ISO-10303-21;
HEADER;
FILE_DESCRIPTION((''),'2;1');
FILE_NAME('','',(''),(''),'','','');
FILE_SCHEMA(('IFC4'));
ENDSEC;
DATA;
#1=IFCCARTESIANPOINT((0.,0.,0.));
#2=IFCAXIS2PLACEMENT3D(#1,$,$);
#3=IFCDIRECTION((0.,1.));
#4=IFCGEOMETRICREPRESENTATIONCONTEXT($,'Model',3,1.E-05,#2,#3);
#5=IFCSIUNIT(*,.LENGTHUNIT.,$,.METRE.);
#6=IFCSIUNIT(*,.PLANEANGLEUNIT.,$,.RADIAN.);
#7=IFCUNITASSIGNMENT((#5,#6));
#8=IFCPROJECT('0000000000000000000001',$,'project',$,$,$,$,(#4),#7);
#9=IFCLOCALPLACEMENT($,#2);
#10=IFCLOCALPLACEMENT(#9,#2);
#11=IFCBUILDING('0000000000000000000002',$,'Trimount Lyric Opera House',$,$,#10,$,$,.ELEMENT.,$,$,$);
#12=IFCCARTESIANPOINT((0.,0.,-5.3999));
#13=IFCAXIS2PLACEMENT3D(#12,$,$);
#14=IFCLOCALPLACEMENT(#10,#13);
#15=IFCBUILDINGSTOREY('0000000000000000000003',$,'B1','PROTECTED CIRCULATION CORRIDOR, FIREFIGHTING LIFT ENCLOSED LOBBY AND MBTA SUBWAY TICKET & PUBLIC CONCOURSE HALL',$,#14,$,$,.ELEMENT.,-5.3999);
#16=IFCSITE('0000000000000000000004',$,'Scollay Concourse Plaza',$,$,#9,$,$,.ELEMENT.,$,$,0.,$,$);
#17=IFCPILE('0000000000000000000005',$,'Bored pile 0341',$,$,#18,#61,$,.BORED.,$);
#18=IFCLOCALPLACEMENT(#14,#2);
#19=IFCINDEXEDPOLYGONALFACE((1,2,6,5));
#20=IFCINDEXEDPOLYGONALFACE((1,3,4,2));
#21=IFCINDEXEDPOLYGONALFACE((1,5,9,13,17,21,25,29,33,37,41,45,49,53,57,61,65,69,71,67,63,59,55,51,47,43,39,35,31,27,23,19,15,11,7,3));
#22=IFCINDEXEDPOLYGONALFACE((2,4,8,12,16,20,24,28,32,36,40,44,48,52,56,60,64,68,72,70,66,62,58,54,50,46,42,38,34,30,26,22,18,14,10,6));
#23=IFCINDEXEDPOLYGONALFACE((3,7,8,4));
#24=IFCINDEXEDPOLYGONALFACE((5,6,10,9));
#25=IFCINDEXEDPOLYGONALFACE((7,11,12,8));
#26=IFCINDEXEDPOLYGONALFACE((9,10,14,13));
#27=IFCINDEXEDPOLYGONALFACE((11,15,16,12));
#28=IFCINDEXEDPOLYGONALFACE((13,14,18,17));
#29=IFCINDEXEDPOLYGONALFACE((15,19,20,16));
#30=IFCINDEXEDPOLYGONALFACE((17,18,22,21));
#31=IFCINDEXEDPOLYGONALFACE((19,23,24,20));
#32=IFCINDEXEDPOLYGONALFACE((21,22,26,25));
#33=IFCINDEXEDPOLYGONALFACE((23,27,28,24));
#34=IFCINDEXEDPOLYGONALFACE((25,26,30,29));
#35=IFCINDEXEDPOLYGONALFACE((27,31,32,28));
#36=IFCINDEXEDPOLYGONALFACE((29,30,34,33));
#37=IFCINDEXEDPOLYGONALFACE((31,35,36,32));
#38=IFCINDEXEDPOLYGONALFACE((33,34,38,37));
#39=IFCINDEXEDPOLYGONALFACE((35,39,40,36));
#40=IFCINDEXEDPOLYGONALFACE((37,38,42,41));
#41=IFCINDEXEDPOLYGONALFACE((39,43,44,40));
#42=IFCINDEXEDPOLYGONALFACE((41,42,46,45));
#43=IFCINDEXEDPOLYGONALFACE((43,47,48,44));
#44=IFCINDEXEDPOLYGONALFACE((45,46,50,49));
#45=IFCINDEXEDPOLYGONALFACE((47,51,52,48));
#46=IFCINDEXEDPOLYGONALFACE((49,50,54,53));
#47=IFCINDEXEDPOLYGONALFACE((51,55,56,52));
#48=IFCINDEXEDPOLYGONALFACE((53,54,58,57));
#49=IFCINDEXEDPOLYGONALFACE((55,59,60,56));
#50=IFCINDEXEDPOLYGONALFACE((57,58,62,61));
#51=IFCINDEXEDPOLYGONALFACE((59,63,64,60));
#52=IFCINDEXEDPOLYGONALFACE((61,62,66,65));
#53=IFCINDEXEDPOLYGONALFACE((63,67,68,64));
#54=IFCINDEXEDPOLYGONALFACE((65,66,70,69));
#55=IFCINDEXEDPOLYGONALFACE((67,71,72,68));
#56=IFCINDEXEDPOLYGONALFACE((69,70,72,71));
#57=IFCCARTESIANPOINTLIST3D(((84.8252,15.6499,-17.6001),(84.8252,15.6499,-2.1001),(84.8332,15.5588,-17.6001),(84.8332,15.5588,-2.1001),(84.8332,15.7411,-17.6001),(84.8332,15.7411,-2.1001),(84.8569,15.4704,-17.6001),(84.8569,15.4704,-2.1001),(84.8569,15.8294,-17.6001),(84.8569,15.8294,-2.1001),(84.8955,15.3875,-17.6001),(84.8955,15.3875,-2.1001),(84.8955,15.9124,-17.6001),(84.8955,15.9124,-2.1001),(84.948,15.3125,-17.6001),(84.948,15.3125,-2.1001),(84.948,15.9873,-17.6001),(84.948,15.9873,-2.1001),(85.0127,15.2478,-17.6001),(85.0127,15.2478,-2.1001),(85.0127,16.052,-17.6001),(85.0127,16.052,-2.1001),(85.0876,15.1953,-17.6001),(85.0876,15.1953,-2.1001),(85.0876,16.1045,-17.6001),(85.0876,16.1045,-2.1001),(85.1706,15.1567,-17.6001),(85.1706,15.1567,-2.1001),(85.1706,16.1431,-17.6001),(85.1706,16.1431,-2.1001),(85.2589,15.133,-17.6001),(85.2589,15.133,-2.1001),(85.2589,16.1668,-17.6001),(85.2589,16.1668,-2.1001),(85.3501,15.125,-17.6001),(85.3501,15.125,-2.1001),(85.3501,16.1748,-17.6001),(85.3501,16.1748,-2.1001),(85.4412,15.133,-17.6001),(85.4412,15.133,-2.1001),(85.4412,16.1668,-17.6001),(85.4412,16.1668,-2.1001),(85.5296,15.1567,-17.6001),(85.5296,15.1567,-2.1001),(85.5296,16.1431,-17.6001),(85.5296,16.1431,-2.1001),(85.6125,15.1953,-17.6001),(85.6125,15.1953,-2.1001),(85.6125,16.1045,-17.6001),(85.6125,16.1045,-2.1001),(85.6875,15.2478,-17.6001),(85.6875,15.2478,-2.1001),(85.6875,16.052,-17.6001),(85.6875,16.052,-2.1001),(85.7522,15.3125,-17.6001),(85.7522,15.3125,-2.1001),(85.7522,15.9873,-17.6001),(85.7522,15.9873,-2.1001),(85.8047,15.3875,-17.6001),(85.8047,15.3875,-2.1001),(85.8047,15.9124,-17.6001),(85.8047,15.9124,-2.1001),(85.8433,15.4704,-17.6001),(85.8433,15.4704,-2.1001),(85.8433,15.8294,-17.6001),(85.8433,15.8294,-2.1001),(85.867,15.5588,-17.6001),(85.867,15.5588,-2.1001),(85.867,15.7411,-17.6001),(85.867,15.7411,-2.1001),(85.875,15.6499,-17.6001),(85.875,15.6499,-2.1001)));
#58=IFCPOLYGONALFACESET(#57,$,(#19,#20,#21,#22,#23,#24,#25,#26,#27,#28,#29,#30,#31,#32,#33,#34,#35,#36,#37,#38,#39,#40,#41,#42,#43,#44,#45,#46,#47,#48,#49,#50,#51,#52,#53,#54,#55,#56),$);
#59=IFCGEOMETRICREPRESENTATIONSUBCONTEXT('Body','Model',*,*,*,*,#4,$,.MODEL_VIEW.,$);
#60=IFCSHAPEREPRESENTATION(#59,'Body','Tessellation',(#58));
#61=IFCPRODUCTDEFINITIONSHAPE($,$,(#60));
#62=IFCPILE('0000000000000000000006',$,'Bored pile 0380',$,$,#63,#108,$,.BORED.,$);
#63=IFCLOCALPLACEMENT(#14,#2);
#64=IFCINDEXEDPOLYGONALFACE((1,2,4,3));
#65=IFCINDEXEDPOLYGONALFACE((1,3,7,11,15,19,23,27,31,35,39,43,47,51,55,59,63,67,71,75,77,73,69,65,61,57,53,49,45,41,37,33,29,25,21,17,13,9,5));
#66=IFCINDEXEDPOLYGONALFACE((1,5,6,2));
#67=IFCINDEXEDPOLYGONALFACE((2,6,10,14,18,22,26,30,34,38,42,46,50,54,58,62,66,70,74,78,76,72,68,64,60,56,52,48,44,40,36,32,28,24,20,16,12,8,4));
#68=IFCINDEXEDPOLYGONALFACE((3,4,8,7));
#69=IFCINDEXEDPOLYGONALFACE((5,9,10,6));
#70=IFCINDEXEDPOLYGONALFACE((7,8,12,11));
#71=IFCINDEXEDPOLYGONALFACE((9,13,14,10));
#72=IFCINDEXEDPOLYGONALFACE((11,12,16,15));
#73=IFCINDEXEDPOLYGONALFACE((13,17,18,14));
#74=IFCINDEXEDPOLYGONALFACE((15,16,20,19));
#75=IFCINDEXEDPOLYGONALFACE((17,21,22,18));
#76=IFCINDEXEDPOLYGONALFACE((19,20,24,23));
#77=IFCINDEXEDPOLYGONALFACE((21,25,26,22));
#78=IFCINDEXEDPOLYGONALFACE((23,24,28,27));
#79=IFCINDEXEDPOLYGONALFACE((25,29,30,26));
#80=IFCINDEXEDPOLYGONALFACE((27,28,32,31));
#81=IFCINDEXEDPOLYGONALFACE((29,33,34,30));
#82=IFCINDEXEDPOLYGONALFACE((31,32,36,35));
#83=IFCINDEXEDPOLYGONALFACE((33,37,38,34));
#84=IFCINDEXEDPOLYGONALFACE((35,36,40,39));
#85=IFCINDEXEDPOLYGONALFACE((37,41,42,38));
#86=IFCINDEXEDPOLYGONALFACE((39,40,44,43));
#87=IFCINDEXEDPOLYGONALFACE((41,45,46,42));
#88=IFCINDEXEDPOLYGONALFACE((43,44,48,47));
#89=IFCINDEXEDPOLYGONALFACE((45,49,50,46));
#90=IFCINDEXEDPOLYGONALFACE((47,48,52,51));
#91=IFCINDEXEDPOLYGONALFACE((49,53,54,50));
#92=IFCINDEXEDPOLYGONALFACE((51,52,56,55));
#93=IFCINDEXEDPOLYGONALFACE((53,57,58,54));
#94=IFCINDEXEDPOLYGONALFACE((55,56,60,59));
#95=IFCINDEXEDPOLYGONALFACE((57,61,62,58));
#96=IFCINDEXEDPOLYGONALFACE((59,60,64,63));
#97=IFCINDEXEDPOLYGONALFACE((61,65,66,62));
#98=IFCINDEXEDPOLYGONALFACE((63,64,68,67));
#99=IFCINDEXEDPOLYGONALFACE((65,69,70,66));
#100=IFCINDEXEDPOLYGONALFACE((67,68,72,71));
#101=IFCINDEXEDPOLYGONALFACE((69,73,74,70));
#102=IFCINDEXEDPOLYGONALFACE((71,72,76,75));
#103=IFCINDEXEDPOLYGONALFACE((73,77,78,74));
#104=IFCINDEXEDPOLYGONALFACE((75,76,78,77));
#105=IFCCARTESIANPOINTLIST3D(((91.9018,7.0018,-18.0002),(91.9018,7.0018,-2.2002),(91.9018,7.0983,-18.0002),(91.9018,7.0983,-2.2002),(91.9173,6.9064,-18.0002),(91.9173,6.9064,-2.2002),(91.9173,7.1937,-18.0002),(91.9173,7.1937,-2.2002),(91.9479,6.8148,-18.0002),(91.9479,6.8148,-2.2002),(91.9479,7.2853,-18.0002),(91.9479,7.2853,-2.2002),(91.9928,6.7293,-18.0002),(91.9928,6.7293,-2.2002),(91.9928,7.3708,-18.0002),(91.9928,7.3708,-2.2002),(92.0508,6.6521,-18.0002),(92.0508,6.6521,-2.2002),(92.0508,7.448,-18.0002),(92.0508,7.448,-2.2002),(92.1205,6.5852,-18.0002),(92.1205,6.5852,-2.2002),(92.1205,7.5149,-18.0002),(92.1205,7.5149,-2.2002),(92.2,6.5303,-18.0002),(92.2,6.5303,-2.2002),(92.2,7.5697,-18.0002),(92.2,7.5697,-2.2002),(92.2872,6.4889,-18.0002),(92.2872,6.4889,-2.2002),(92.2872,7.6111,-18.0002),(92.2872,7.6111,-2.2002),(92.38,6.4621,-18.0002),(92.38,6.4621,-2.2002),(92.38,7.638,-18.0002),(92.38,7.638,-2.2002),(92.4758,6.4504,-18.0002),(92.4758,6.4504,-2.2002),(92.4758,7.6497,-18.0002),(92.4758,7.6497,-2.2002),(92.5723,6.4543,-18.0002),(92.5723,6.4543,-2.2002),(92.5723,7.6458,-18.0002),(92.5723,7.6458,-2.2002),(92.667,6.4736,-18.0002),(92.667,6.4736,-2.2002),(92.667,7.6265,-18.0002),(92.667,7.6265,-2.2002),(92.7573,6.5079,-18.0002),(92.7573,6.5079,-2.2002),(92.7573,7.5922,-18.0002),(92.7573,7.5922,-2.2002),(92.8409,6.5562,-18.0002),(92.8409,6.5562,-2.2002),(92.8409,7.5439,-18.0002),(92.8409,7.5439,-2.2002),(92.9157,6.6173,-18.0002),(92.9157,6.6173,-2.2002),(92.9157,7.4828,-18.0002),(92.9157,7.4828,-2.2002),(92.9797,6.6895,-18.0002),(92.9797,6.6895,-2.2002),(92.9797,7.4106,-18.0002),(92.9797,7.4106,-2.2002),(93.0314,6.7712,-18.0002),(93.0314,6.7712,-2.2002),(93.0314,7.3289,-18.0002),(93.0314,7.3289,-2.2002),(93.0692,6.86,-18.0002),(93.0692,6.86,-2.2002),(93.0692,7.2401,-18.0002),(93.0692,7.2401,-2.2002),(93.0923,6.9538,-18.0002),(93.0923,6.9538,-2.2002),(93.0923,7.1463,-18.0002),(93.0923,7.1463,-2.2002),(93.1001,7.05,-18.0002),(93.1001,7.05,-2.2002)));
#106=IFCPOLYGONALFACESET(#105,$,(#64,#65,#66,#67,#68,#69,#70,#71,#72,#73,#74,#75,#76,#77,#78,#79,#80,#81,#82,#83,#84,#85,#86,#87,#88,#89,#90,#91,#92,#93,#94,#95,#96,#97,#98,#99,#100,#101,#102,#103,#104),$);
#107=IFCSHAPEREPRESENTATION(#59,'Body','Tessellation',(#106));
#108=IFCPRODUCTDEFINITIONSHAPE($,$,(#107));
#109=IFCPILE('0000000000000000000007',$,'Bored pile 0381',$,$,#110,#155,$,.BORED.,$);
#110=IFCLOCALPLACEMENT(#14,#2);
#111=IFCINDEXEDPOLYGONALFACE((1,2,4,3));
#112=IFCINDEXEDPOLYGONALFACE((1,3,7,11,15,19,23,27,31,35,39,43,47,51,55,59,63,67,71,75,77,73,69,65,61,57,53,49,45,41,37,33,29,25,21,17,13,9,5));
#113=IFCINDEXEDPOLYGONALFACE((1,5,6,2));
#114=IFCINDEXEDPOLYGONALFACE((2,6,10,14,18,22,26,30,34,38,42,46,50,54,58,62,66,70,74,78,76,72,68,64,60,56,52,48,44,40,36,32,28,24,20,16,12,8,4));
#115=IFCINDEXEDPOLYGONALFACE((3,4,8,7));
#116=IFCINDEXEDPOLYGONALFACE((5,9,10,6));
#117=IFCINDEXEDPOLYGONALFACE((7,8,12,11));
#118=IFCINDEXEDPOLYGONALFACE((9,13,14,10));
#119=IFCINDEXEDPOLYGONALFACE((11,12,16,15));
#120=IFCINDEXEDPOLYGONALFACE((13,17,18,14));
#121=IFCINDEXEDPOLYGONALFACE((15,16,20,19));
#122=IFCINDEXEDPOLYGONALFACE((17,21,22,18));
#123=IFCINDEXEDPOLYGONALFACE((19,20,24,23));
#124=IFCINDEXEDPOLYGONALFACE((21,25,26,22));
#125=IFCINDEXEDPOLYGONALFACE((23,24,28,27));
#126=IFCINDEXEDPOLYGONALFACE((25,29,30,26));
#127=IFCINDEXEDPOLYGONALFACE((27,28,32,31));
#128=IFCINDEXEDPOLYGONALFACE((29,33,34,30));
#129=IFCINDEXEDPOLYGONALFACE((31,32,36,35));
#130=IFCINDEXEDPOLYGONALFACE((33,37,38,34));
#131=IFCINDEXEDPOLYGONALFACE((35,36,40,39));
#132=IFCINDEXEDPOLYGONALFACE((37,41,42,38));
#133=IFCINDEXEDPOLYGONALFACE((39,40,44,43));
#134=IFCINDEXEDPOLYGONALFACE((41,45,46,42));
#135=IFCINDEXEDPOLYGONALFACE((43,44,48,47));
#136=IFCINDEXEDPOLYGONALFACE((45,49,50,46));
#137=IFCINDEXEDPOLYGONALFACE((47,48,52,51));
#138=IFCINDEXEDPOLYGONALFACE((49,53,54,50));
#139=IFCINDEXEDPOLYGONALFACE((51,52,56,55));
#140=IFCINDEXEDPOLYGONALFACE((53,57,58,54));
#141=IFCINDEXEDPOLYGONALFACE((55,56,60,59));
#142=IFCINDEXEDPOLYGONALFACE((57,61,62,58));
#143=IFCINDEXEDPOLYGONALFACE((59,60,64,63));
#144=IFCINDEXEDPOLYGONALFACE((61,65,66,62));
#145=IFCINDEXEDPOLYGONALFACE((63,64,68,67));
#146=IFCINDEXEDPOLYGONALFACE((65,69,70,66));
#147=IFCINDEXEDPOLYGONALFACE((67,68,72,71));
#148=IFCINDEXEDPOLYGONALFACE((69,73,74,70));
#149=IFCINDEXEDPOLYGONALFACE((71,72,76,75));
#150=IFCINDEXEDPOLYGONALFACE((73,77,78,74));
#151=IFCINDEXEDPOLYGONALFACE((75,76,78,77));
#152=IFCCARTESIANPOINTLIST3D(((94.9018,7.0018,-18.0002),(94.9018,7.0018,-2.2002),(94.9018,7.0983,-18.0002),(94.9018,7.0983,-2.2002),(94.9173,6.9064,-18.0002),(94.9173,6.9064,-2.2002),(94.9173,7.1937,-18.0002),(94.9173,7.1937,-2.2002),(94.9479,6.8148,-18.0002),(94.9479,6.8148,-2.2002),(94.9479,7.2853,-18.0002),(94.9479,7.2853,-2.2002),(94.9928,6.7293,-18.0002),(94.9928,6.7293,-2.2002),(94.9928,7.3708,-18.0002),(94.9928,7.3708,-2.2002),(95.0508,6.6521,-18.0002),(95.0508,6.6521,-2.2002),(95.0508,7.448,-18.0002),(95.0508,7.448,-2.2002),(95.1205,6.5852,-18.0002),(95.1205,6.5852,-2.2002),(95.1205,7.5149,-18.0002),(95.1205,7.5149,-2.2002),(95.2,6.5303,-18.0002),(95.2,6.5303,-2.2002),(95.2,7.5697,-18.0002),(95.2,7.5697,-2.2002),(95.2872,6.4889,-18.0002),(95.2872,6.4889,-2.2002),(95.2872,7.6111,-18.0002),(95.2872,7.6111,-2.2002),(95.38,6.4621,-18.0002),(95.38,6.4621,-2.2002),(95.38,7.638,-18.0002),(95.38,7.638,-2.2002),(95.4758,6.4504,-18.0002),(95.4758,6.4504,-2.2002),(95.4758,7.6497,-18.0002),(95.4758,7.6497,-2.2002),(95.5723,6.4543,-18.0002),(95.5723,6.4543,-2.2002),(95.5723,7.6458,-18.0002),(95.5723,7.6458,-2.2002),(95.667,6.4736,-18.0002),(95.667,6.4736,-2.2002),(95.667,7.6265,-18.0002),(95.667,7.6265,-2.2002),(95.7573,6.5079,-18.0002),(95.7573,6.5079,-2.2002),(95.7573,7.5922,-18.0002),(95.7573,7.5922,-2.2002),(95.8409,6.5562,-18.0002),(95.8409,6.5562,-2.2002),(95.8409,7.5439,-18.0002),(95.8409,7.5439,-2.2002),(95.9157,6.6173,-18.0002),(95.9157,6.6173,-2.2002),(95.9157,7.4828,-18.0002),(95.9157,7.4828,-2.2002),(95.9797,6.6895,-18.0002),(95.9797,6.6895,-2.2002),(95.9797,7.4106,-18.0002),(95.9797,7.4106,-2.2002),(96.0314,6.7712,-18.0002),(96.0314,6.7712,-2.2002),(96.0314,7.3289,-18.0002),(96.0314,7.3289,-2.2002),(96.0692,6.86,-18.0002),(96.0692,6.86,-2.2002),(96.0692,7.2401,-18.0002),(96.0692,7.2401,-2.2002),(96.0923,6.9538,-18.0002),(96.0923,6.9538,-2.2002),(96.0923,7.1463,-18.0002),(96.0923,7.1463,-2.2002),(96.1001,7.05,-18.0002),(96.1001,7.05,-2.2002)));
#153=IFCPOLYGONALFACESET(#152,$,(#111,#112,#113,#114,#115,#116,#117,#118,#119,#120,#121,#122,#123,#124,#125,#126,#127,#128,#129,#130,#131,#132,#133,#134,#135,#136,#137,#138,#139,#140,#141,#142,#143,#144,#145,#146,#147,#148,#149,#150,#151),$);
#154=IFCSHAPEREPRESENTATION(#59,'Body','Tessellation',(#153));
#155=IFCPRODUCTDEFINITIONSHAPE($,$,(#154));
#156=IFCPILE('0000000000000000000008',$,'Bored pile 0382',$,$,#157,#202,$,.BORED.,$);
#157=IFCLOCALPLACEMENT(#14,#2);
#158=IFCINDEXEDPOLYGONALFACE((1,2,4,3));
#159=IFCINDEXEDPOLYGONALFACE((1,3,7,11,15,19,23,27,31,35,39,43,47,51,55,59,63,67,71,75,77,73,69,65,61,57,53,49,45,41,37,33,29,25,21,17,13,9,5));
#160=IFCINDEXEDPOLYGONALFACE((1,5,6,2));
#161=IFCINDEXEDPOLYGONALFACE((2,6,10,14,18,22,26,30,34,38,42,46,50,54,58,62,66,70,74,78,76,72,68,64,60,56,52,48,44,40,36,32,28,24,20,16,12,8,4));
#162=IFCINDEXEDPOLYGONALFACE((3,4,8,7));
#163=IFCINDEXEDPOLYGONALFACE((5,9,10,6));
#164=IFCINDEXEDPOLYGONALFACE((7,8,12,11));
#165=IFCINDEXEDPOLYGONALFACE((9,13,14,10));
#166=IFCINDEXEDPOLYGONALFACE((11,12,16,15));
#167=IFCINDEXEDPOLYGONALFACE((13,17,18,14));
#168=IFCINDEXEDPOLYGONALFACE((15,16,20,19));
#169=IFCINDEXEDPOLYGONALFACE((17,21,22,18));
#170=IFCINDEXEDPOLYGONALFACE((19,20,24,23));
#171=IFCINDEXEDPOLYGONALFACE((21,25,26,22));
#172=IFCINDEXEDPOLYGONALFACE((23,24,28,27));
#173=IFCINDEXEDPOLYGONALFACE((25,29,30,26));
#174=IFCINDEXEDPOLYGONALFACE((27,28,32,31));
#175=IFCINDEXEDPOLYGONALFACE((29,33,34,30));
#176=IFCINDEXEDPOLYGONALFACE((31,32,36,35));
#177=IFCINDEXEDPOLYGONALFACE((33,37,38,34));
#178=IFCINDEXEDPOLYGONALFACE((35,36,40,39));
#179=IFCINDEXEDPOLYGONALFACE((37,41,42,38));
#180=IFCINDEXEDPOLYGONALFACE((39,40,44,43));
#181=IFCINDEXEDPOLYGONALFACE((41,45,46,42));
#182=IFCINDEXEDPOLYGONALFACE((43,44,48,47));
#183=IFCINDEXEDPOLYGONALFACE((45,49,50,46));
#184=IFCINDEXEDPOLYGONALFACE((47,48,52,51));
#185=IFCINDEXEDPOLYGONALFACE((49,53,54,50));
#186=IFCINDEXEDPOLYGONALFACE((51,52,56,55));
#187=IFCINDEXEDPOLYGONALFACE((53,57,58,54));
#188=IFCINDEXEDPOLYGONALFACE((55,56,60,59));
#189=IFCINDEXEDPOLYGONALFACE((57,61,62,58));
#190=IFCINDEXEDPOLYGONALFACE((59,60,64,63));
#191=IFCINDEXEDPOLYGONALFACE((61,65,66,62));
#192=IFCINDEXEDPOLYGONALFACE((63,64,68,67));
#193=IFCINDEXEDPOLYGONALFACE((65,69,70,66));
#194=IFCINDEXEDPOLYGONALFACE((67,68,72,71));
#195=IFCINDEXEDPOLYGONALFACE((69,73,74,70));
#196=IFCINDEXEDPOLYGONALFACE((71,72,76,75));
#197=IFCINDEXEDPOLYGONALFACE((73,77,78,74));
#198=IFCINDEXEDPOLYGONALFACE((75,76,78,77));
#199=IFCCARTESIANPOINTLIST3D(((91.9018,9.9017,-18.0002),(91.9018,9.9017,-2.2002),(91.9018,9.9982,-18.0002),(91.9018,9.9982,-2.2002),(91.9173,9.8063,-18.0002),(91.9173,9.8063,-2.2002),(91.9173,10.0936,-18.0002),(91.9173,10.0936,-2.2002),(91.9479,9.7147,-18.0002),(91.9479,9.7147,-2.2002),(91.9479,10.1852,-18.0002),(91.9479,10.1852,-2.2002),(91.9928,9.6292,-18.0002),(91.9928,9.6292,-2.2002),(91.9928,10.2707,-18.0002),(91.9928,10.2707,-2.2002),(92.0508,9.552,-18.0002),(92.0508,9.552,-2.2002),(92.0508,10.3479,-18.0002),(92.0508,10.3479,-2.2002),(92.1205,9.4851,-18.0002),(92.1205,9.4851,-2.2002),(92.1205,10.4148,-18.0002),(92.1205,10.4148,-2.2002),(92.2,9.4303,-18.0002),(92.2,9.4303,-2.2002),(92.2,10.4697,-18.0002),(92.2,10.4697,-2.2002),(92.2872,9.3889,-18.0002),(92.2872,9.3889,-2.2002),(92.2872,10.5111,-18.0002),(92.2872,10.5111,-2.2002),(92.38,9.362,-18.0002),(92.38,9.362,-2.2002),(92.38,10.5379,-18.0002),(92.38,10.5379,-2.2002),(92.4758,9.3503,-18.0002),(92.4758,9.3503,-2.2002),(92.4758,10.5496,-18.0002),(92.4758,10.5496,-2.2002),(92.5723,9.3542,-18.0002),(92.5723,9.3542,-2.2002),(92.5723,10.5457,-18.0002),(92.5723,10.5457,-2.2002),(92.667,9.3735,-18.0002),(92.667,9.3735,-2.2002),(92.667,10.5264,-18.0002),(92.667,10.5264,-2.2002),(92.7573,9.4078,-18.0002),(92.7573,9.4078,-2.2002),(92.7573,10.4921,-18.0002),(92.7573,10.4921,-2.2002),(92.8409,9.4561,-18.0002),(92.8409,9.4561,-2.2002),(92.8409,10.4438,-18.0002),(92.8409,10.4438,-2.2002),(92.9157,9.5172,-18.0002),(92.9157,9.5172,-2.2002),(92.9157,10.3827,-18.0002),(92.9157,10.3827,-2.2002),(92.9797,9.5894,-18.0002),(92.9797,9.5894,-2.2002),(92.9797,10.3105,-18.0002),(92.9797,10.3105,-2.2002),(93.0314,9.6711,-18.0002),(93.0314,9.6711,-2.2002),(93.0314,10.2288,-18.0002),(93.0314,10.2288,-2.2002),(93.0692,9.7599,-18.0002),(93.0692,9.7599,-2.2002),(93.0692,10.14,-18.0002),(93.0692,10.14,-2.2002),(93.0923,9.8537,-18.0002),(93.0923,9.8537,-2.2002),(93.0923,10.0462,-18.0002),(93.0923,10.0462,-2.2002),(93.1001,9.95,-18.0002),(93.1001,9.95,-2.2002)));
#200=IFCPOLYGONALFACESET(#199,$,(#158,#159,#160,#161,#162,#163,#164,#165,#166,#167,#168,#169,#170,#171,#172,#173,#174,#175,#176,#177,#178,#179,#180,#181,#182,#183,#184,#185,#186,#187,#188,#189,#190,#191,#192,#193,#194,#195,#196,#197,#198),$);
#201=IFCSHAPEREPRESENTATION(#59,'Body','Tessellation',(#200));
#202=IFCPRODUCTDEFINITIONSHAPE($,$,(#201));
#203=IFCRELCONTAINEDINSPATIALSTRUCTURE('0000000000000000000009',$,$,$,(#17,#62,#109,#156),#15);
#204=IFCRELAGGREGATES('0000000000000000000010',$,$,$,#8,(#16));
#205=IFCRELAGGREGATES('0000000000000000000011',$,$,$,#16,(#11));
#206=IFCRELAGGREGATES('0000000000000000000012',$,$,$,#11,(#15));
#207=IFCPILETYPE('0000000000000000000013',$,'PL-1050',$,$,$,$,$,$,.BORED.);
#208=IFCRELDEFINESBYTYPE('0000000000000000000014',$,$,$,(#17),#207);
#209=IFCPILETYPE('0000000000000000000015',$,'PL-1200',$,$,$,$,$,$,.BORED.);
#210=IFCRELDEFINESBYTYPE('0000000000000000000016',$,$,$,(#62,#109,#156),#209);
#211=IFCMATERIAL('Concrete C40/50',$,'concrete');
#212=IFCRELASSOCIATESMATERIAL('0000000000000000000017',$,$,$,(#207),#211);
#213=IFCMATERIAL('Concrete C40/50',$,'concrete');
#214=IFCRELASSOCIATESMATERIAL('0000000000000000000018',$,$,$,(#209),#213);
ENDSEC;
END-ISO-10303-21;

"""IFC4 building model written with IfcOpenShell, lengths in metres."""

from ifc_helpers import new_model, si_unit, direction, frame, origin, origin_2d, place, context, subcontext, project, spatial, circle, extrude, material, material_profile, profile_set, type_object, element, save


model = new_model("IFC4")

# Units and contexts
model_context = context("Model", 3, precision=1e-05, world=origin(), true_north=direction((0.0, 1.0)))
body_context = subcontext(model_context, "Body", "Model", "MODEL_VIEW")
ifc_project = project(units=[si_unit("LENGTHUNIT", "METRE"), si_unit("PLANEANGLEUNIT", "RADIAN")], contexts=[model_context])

# Site, building, storey
site_placement = place(None, origin())
site = spatial("IfcSite", under=ifc_project, at=site_placement, Name="Scollay Concourse Plaza", CompositionType="ELEMENT", RefElevation=0.0)
building_placement = place(site_placement, origin())
building = spatial("IfcBuilding", under=site, at=building_placement, Name="Trimount Lyric Opera House", CompositionType="ELEMENT")
storey_placement = place(building_placement, frame((0.0, 0.0, -5.3999)))
storey = spatial("IfcBuildingStorey", under=building, at=storey_placement, Name="B1", Description="PROTECTED CIRCULATION CORRIDOR, FIREFIGHTING LIFT ENCLOSED LOBBY AND MBTA SUBWAY TICKET & PUBLIC CONCOURSE HALL", CompositionType="ELEMENT", Elevation=-5.3999)

# Piles
ifc_material_1 = material(Name="Concrete C40/50", Category="concrete")
ifc_material_profile_1 = material_profile(ifc_material_1, circle(Radius=0.5249, at=origin_2d()), Name="PILE-D1050")
ifc_profile_set_1 = profile_set([ifc_material_profile_1], Name="Concrete C40/50")
pile_type_1 = type_object("IfcPileType", Name="PL-1050", PredefinedType="BORED", material=ifc_profile_set_1)
pile_1_placement = place(storey_placement, frame((85.3501, 15.6499, -2.1001), z_axis=(0.0, 0.0, -1.0), x_axis=(1.0, 0.0, 0.0)))
element("IfcPile", 1, at=pile_1_placement, inside=storey, type_object=pile_type_1, Name="Bored pile 0341", PredefinedType="BORED", context=body_context, shape_type="SweptSolid", body=[
    extrude(circle(Radius=0.5249, at=origin_2d()), origin(), (0.0, 0.0, 1.0), 15.5),
])
ifc_material_2 = material(Name="Concrete C40/50", Category="concrete")
ifc_material_profile_2 = material_profile(ifc_material_2, circle(Radius=0.6001, at=origin_2d()), Name="PILE-D1200")
ifc_profile_set_2 = profile_set([ifc_material_profile_2], Name="Concrete C40/50")
pile_type_2 = type_object("IfcPileType", Name="PL-1200", PredefinedType="BORED", material=ifc_profile_set_2)
for number, where, z_axis, x_axis, name in (
    (2, (92.5, 7.05, -2.2002), (0.0, 0.0, -1.0), (1.0, 0.0, 0.0), "Bored pile 0380"),
    (3, (95.5, 7.05, -2.2002), (0.0, 0.0, -1.0), (1.0, 0.0, 0.0), "Bored pile 0381"),
    (4, (92.5, 9.95, -2.2002), (0.0, 0.0, -1.0), (1.0, 0.0, 0.0), "Bored pile 0382"),
):
    element("IfcPile", number, at=place(storey_placement, frame(where, z_axis=z_axis, x_axis=x_axis)), inside=storey, type_object=pile_type_2, Name=name, PredefinedType="BORED", context=body_context, shape_type="SweptSolid", body=[
        extrude(circle(Radius=0.6001, at=origin_2d()), origin(), (0.0, 0.0, 1.0), 15.8),
    ])

save(model, "model.ifc")
